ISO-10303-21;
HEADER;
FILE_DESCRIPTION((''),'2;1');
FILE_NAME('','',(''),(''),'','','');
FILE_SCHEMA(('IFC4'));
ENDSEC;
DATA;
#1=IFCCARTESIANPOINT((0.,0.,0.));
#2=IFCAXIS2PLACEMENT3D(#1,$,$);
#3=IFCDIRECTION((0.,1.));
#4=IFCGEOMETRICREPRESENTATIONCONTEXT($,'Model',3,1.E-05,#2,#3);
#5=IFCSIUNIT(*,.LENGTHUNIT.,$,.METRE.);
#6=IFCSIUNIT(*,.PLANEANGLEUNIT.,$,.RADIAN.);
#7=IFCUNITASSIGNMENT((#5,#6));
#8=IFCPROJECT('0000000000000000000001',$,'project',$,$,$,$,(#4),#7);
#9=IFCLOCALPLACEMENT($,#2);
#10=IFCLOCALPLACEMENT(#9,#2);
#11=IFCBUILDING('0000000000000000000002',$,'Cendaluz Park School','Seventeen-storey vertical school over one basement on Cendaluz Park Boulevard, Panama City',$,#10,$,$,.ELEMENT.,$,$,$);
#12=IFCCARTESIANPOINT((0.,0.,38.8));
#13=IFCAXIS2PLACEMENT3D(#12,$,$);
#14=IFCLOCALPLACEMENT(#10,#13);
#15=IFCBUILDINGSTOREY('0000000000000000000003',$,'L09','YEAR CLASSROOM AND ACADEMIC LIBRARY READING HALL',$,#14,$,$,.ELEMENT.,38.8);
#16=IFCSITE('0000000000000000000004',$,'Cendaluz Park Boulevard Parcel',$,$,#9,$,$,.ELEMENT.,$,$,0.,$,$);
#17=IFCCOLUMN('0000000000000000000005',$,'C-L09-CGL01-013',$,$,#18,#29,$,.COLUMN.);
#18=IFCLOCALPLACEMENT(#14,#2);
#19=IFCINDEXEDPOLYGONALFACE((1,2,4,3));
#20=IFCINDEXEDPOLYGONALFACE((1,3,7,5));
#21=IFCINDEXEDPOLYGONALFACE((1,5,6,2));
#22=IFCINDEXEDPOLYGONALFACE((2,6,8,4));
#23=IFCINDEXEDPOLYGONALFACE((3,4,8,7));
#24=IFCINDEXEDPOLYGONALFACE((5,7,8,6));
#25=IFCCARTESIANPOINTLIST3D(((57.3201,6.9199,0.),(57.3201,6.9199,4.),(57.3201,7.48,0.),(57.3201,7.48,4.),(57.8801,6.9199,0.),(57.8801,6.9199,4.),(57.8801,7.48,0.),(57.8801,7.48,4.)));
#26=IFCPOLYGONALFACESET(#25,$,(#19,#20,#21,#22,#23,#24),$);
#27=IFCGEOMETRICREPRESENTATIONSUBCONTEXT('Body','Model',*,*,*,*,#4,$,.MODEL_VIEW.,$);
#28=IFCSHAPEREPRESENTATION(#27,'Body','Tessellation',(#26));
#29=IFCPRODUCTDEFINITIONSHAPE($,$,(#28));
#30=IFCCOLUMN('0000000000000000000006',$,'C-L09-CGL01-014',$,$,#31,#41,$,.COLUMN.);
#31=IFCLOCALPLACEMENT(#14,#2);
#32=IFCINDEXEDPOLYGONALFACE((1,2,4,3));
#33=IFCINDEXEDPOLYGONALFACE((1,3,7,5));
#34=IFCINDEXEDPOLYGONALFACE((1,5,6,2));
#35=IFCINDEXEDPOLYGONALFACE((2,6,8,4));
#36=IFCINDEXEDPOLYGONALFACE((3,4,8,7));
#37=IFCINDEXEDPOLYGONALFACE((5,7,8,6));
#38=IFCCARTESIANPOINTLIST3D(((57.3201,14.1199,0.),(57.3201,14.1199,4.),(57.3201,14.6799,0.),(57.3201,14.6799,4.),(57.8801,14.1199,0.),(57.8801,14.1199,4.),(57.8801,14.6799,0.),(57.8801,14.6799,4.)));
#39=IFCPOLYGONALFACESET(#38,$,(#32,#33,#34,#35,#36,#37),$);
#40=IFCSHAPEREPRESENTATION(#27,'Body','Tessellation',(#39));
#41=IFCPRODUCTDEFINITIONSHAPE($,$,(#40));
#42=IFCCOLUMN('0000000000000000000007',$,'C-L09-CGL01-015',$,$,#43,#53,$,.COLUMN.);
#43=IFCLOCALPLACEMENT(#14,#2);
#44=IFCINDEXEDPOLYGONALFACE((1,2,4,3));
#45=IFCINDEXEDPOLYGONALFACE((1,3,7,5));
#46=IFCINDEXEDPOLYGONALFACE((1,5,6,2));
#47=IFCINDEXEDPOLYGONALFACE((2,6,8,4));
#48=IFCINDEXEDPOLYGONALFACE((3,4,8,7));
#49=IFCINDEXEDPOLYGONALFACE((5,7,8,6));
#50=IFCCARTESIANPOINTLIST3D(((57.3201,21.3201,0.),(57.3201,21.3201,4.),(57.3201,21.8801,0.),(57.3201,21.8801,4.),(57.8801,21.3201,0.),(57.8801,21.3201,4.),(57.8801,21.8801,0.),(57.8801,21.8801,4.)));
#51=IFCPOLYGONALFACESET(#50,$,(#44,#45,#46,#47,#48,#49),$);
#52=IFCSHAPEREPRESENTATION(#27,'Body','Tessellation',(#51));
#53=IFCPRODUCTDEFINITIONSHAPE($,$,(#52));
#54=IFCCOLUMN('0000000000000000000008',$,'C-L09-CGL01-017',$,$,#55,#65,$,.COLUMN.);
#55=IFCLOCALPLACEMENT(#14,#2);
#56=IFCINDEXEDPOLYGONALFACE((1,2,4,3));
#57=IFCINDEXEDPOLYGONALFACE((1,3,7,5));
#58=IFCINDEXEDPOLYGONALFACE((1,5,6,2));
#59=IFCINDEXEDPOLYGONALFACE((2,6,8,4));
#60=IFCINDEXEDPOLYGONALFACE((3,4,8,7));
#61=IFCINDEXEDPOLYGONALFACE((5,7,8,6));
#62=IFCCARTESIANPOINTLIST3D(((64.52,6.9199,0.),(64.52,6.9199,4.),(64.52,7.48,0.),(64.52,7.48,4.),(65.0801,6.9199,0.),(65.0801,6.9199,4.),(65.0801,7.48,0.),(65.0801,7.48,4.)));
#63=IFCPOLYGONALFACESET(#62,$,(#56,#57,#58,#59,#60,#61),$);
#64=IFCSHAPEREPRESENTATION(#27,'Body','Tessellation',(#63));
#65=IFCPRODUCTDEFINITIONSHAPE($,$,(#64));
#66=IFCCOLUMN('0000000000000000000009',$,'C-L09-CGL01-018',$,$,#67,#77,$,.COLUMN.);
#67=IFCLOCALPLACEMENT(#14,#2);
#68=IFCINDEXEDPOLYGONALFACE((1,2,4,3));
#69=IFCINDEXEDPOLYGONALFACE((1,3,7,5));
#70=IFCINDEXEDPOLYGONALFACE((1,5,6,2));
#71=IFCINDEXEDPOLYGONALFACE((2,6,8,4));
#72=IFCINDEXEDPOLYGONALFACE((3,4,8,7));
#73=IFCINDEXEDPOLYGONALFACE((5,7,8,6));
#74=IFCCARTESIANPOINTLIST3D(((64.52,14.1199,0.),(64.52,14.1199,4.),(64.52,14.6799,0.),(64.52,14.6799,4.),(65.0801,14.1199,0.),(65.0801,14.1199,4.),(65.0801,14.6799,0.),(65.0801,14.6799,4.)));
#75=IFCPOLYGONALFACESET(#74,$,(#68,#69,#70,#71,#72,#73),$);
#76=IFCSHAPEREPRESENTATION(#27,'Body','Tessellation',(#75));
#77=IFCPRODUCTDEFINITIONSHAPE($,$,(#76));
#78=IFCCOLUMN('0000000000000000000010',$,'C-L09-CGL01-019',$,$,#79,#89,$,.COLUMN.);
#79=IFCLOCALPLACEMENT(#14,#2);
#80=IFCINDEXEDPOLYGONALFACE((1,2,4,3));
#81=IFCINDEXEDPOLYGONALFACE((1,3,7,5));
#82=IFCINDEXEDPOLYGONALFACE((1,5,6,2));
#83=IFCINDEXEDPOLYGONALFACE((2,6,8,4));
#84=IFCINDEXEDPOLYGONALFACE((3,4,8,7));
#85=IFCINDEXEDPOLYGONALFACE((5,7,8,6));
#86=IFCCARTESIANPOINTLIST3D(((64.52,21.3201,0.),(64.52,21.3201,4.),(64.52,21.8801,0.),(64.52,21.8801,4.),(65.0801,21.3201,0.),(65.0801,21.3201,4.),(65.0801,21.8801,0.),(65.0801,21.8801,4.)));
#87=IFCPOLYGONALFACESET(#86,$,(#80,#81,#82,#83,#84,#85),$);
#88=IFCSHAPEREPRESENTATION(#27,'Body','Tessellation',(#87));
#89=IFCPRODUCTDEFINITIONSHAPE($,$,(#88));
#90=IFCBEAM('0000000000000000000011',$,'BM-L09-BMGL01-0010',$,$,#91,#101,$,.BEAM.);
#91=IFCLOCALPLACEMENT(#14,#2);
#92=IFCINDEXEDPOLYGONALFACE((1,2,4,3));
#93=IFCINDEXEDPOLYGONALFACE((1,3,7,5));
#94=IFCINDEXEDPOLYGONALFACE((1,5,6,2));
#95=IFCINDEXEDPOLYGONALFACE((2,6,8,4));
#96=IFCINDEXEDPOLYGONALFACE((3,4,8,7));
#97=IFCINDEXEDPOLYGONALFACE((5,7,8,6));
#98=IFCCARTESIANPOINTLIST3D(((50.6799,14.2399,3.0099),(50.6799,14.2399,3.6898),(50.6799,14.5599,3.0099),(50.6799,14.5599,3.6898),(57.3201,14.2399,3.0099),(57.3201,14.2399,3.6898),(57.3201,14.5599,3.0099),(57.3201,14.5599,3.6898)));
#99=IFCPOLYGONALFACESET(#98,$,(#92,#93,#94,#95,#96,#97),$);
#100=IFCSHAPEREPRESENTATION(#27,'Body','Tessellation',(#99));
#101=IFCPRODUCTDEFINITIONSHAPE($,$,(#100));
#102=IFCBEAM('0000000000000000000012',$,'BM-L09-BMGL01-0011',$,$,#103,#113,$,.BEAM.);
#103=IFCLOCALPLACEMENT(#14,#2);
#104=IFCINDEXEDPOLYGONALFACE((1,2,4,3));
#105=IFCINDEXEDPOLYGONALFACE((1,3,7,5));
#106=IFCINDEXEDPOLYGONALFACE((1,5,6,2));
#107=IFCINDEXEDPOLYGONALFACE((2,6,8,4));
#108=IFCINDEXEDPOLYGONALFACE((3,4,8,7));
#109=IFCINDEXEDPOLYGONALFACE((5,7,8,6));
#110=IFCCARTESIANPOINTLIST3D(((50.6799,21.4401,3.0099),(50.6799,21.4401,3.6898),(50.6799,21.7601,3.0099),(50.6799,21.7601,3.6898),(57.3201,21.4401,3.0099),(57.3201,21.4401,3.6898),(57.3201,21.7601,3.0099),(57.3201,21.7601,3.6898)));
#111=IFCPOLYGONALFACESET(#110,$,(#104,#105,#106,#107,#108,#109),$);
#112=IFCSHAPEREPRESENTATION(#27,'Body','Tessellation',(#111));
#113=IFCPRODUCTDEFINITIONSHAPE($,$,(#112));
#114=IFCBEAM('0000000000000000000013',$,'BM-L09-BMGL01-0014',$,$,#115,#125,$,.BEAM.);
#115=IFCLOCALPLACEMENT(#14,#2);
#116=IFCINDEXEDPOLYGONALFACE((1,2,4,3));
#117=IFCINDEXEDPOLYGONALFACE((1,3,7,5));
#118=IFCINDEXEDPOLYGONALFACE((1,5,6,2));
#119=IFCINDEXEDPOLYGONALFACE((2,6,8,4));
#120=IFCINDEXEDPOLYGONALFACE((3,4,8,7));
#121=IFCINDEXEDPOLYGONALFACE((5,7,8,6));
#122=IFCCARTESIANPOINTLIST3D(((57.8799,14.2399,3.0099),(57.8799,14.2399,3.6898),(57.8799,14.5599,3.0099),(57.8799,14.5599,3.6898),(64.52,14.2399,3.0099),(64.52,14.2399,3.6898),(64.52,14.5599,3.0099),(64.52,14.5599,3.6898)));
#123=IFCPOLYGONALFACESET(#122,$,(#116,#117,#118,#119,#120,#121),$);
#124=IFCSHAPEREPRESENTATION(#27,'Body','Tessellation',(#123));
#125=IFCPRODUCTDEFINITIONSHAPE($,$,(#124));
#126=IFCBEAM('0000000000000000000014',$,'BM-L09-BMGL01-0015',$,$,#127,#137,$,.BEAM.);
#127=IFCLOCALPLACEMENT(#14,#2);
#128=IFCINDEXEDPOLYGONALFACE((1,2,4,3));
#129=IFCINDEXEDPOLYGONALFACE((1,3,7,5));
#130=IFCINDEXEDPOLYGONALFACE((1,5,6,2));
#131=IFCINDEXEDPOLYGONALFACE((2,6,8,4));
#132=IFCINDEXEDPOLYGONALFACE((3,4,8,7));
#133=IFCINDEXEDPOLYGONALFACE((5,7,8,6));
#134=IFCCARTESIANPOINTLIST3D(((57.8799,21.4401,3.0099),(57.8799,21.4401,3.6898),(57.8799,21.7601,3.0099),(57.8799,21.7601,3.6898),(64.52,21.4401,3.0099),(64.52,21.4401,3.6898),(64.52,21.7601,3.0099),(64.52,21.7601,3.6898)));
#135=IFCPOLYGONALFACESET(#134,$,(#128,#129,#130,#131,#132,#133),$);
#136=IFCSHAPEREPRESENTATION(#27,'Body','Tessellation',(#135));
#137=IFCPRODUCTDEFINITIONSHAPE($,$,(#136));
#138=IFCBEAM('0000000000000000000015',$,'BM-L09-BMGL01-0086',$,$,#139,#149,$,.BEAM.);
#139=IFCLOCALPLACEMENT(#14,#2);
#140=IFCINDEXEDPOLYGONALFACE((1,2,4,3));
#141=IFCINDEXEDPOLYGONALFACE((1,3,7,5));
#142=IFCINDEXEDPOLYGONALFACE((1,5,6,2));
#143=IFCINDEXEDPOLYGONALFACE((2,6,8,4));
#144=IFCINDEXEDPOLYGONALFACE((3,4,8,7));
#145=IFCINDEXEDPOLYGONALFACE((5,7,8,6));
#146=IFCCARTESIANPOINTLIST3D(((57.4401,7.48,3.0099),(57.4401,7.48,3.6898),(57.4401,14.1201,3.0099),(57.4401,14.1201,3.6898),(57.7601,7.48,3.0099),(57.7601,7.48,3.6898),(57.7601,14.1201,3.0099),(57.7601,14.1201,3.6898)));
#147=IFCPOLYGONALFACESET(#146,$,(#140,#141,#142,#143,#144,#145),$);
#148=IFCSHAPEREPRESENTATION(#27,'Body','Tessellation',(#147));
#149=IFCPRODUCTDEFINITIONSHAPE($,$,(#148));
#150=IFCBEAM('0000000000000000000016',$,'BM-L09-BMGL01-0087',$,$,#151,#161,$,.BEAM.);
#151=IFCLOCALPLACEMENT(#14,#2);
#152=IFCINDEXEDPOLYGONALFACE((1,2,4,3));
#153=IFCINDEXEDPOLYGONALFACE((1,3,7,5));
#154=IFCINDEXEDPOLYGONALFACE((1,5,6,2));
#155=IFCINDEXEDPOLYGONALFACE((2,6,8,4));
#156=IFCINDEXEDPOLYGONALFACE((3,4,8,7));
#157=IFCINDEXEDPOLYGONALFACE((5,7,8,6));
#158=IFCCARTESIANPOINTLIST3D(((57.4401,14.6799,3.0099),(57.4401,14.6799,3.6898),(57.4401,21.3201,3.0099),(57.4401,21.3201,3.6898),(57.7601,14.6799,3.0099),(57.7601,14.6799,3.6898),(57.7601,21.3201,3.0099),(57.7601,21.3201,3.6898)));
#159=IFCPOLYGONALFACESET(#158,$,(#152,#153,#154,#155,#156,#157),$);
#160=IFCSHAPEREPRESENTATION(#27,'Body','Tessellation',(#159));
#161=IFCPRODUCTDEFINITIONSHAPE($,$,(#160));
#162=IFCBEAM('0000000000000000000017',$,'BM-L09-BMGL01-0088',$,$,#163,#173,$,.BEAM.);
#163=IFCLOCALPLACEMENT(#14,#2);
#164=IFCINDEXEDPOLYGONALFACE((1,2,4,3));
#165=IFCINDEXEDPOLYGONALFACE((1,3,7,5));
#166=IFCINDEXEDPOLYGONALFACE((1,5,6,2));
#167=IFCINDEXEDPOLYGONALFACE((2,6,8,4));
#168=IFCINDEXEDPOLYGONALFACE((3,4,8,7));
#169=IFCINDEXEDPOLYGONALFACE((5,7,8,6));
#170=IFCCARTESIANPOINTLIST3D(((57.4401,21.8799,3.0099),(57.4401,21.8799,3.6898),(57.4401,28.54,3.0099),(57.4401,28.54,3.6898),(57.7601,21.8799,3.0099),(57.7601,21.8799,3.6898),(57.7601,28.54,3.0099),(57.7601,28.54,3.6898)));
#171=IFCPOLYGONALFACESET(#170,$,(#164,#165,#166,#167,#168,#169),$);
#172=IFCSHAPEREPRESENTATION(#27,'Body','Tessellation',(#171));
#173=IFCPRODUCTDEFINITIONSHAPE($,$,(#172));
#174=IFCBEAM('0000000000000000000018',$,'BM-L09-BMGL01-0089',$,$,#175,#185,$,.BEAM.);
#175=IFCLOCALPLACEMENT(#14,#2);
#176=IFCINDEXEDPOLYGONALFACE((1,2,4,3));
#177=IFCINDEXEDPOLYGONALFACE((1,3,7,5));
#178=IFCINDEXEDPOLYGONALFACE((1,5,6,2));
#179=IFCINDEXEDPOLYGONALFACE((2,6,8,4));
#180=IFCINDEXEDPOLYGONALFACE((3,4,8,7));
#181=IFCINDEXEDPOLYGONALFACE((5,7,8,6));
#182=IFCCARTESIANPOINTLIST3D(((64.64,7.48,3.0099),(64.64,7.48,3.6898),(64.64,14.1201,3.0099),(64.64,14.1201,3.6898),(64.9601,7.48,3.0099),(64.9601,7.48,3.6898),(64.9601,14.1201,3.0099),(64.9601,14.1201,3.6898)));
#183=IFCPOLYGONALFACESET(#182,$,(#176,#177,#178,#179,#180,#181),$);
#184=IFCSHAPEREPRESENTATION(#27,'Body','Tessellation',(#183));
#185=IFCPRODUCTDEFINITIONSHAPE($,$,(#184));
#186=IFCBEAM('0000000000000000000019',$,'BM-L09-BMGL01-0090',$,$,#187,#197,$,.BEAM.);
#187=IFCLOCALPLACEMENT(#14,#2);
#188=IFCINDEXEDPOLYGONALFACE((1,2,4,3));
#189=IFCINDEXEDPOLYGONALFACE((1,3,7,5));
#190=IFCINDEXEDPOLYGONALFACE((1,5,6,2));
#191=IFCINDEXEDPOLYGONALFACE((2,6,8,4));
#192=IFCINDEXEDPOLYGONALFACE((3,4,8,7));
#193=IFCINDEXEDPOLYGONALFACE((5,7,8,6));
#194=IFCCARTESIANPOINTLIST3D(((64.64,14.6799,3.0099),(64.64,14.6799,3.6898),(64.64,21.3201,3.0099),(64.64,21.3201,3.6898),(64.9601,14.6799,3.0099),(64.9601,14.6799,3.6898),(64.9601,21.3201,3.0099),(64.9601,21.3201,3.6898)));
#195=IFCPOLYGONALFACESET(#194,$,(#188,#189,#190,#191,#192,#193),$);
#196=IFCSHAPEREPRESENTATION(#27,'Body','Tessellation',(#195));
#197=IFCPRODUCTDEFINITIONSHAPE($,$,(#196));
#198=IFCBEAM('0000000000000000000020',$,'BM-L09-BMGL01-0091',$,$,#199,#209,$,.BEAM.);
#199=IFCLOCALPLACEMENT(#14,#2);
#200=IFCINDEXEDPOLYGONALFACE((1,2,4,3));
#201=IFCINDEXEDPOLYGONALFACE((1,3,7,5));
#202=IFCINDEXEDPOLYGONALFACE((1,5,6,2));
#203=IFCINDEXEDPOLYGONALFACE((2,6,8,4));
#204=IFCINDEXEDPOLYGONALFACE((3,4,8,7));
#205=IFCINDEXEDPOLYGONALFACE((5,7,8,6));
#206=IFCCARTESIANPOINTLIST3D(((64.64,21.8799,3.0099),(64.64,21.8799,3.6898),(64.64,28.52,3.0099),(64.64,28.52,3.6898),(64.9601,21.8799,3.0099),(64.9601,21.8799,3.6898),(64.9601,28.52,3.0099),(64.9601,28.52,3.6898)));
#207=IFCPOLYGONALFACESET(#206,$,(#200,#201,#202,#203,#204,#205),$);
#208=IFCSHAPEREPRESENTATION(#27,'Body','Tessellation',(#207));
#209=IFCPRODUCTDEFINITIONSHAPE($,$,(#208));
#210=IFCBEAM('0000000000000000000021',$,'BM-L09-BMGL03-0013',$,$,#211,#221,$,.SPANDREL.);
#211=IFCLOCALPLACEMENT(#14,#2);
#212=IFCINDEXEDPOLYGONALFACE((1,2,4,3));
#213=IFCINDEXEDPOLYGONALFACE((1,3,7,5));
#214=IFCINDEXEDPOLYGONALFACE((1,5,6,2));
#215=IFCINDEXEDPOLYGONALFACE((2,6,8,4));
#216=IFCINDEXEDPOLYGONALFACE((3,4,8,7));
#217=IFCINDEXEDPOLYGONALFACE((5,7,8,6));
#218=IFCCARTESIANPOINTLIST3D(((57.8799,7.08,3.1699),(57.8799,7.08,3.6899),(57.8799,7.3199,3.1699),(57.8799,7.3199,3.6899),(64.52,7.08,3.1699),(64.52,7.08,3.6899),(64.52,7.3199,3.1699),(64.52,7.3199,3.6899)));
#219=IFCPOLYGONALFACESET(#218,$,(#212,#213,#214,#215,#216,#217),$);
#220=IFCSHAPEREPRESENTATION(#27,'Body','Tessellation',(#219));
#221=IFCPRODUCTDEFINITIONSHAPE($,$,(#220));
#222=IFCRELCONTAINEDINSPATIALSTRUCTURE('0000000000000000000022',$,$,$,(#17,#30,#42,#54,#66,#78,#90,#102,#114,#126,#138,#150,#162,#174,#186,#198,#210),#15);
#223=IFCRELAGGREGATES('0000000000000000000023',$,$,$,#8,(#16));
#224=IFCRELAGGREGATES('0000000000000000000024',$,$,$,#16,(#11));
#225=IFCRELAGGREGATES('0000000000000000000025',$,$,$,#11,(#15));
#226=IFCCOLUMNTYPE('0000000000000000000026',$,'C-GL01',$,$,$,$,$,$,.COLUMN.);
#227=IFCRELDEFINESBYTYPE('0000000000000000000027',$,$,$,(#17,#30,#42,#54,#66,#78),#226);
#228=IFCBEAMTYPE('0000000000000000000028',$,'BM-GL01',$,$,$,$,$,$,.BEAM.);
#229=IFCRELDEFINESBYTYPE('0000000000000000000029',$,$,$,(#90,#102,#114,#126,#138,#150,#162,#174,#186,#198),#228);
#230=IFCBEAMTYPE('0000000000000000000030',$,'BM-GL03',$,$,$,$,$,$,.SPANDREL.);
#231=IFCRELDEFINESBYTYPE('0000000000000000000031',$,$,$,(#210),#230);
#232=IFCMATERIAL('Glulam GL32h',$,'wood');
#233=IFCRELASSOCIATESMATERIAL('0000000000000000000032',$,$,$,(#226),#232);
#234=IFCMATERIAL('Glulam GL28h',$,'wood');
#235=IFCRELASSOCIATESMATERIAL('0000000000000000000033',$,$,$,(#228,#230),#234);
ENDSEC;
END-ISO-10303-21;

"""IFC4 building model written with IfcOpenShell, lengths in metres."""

from ifc_helpers import new_model, si_unit, direction, frame, origin, origin_2d, place, context, subcontext, project, spatial, rectangle, extrude, material, material_profile, profile_set, type_object, element, save


model = new_model("IFC4")

# Units and contexts
model_context = context("Model", 3, precision=1e-05, world=origin(), true_north=direction((0.0, 1.0)))
body_context = subcontext(model_context, "Body", "Model", "MODEL_VIEW")
ifc_project = project(units=[si_unit("LENGTHUNIT", "METRE"), si_unit("PLANEANGLEUNIT", "RADIAN")], contexts=[model_context])

# Site, building, storey
site_placement = place(None, origin())
site = spatial("IfcSite", under=ifc_project, at=site_placement, Name="Cendaluz Park Boulevard Parcel", CompositionType="ELEMENT", RefElevation=0.0)
building_placement = place(site_placement, origin())
building = spatial("IfcBuilding", under=site, at=building_placement, Name="Cendaluz Park School", Description="Seventeen-storey vertical school over one basement on Cendaluz Park Boulevard, Panama City", CompositionType="ELEMENT")
storey_placement = place(building_placement, frame((0.0, 0.0, 38.8)))
storey = spatial("IfcBuildingStorey", under=building, at=storey_placement, Name="L09", Description="YEAR CLASSROOM AND ACADEMIC LIBRARY READING HALL", CompositionType="ELEMENT", Elevation=38.8)

# Columns
ifc_material_1 = material(Name="Glulam GL32h", Category="wood")
ifc_material_profile_1 = material_profile(ifc_material_1, rectangle(XDim=0.5601, YDim=0.5601, at=origin_2d()), Name="GL32h 560x560", Category="wood")
ifc_profile_set_1 = profile_set([ifc_material_profile_1], Name="Glulam GL32h")
column_type = type_object("IfcColumnType", Name="C-GL01", PredefinedType="COLUMN", material=ifc_profile_set_1)
for number, where, z_axis, x_axis, name in (
    (1, (57.6001, 7.2, 0.0), (0.0, 0.0, 1.0), (1.0, 0.0, 0.0), "C-L09-CGL01-013"),
    (2, (57.6001, 14.3999, 0.0), (0.0, 0.0, 1.0), (1.0, 0.0, 0.0), "C-L09-CGL01-014"),
    (3, (57.6001, 21.6001, 0.0), (0.0, 0.0, 1.0), (1.0, 0.0, 0.0), "C-L09-CGL01-015"),
    (4, (64.8, 7.2, 0.0), (0.0, 0.0, 1.0), (1.0, 0.0, 0.0), "C-L09-CGL01-017"),
    (5, (64.8, 14.3999, 0.0), (0.0, 0.0, 1.0), (1.0, 0.0, 0.0), "C-L09-CGL01-018"),
    (6, (64.8, 21.6001, 0.0), (0.0, 0.0, 1.0), (1.0, 0.0, 0.0), "C-L09-CGL01-019"),
):
    element("IfcColumn", number, at=place(storey_placement, frame(where, z_axis=z_axis, x_axis=x_axis)), inside=storey, type_object=column_type, Name=name, PredefinedType="COLUMN", context=body_context, shape_type="SweptSolid", body=[
        extrude(rectangle(XDim=0.5601, YDim=0.5601, at=origin_2d()), origin(), (0.0, 0.0, 1.0), 4.0),
    ])

# Beams
ifc_material_2 = material(Name="Glulam GL28h", Category="wood")
ifc_material_profile_2 = material_profile(ifc_material_2, rectangle(XDim=0.3201, YDim=0.6799, at=origin_2d()), Name="GL28h 320x680", Category="wood")
ifc_profile_set_2 = profile_set([ifc_material_profile_2], Name="Glulam GL28h")
beam_type_1 = type_object("IfcBeamType", Name="BM-GL01", PredefinedType="BEAM", material=ifc_profile_set_2)
for number, where, z_axis, x_axis, name in (
    (7, (50.6799, 14.3999, 3.3499), (1.0, 0.0, 0.0), (0.0, 1.0, 0.0), "BM-L09-BMGL01-0010"),
    (8, (50.6799, 21.6001, 3.3499), (1.0, 0.0, 0.0), (0.0, 1.0, 0.0), "BM-L09-BMGL01-0011"),
    (9, (57.8799, 14.3999, 3.3499), (1.0, 0.0, 0.0), (0.0, 1.0, 0.0), "BM-L09-BMGL01-0014"),
    (10, (57.8799, 21.6001, 3.3499), (1.0, 0.0, 0.0), (0.0, 1.0, 0.0), "BM-L09-BMGL01-0015"),
    (11, (57.6001, 7.48, 3.3499), (0.0, 1.0, 0.0), (-1.0, 0.0, 0.0), "BM-L09-BMGL01-0086"),
    (12, (57.6001, 14.6799, 3.3499), (0.0, 1.0, 0.0), (-1.0, 0.0, 0.0), "BM-L09-BMGL01-0087"),
):
    element("IfcBeam", number, at=place(storey_placement, frame(where, z_axis=z_axis, x_axis=x_axis)), inside=storey, type_object=beam_type_1, Name=name, PredefinedType="BEAM", context=body_context, shape_type="SweptSolid", body=[
        extrude(rectangle(XDim=0.3201, YDim=0.6799, at=origin_2d()), origin(), (0.0, 0.0, 1.0), 6.6401),
    ])
beam_1_placement = place(storey_placement, frame((57.6001, 21.8799, 3.3499), z_axis=(0.0, 1.0, 0.0), x_axis=(-1.0, 0.0, 0.0)))
element("IfcBeam", 13, at=beam_1_placement, inside=storey, type_object=beam_type_1, Name="BM-L09-BMGL01-0088", PredefinedType="BEAM", context=body_context, shape_type="SweptSolid", body=[
    extrude(rectangle(XDim=0.3201, YDim=0.6799, at=origin_2d()), origin(), (0.0, 0.0, 1.0), 6.6602),
])
for number, where, z_axis, x_axis, name in (
    (14, (64.8, 7.48, 3.3499), (0.0, 1.0, 0.0), (-1.0, 0.0, 0.0), "BM-L09-BMGL01-0089"),
    (15, (64.8, 14.6799, 3.3499), (0.0, 1.0, 0.0), (-1.0, 0.0, 0.0), "BM-L09-BMGL01-0090"),
    (16, (64.8, 21.8799, 3.3499), (0.0, 1.0, 0.0), (-1.0, 0.0, 0.0), "BM-L09-BMGL01-0091"),
):
    element("IfcBeam", number, at=place(storey_placement, frame(where, z_axis=z_axis, x_axis=x_axis)), inside=storey, type_object=beam_type_1, Name=name, PredefinedType="BEAM", context=body_context, shape_type="SweptSolid", body=[
        extrude(rectangle(XDim=0.3201, YDim=0.6799, at=origin_2d()), origin(), (0.0, 0.0, 1.0), 6.6401),
    ])
ifc_material_profile_3 = material_profile(ifc_material_2, rectangle(XDim=0.24, YDim=0.52, at=origin_2d()), Name="GL28h 240x520", Category="wood")
ifc_profile_set_3 = profile_set([ifc_material_profile_3], Name="Glulam GL28h")
beam_type_2 = type_object("IfcBeamType", Name="BM-GL03", PredefinedType="SPANDREL", material=ifc_profile_set_3)
beam_2_placement = place(storey_placement, frame((57.8799, 7.2, 3.4299), z_axis=(1.0, 0.0, 0.0), x_axis=(0.0, 1.0, 0.0)))
element("IfcBeam", 17, at=beam_2_placement, inside=storey, type_object=beam_type_2, Name="BM-L09-BMGL03-0013", PredefinedType="SPANDREL", context=body_context, shape_type="SweptSolid", body=[
    extrude(rectangle(XDim=0.24, YDim=0.52, at=origin_2d()), origin(), (0.0, 0.0, 1.0), 6.6401),
])

save(model, "model.ifc")
